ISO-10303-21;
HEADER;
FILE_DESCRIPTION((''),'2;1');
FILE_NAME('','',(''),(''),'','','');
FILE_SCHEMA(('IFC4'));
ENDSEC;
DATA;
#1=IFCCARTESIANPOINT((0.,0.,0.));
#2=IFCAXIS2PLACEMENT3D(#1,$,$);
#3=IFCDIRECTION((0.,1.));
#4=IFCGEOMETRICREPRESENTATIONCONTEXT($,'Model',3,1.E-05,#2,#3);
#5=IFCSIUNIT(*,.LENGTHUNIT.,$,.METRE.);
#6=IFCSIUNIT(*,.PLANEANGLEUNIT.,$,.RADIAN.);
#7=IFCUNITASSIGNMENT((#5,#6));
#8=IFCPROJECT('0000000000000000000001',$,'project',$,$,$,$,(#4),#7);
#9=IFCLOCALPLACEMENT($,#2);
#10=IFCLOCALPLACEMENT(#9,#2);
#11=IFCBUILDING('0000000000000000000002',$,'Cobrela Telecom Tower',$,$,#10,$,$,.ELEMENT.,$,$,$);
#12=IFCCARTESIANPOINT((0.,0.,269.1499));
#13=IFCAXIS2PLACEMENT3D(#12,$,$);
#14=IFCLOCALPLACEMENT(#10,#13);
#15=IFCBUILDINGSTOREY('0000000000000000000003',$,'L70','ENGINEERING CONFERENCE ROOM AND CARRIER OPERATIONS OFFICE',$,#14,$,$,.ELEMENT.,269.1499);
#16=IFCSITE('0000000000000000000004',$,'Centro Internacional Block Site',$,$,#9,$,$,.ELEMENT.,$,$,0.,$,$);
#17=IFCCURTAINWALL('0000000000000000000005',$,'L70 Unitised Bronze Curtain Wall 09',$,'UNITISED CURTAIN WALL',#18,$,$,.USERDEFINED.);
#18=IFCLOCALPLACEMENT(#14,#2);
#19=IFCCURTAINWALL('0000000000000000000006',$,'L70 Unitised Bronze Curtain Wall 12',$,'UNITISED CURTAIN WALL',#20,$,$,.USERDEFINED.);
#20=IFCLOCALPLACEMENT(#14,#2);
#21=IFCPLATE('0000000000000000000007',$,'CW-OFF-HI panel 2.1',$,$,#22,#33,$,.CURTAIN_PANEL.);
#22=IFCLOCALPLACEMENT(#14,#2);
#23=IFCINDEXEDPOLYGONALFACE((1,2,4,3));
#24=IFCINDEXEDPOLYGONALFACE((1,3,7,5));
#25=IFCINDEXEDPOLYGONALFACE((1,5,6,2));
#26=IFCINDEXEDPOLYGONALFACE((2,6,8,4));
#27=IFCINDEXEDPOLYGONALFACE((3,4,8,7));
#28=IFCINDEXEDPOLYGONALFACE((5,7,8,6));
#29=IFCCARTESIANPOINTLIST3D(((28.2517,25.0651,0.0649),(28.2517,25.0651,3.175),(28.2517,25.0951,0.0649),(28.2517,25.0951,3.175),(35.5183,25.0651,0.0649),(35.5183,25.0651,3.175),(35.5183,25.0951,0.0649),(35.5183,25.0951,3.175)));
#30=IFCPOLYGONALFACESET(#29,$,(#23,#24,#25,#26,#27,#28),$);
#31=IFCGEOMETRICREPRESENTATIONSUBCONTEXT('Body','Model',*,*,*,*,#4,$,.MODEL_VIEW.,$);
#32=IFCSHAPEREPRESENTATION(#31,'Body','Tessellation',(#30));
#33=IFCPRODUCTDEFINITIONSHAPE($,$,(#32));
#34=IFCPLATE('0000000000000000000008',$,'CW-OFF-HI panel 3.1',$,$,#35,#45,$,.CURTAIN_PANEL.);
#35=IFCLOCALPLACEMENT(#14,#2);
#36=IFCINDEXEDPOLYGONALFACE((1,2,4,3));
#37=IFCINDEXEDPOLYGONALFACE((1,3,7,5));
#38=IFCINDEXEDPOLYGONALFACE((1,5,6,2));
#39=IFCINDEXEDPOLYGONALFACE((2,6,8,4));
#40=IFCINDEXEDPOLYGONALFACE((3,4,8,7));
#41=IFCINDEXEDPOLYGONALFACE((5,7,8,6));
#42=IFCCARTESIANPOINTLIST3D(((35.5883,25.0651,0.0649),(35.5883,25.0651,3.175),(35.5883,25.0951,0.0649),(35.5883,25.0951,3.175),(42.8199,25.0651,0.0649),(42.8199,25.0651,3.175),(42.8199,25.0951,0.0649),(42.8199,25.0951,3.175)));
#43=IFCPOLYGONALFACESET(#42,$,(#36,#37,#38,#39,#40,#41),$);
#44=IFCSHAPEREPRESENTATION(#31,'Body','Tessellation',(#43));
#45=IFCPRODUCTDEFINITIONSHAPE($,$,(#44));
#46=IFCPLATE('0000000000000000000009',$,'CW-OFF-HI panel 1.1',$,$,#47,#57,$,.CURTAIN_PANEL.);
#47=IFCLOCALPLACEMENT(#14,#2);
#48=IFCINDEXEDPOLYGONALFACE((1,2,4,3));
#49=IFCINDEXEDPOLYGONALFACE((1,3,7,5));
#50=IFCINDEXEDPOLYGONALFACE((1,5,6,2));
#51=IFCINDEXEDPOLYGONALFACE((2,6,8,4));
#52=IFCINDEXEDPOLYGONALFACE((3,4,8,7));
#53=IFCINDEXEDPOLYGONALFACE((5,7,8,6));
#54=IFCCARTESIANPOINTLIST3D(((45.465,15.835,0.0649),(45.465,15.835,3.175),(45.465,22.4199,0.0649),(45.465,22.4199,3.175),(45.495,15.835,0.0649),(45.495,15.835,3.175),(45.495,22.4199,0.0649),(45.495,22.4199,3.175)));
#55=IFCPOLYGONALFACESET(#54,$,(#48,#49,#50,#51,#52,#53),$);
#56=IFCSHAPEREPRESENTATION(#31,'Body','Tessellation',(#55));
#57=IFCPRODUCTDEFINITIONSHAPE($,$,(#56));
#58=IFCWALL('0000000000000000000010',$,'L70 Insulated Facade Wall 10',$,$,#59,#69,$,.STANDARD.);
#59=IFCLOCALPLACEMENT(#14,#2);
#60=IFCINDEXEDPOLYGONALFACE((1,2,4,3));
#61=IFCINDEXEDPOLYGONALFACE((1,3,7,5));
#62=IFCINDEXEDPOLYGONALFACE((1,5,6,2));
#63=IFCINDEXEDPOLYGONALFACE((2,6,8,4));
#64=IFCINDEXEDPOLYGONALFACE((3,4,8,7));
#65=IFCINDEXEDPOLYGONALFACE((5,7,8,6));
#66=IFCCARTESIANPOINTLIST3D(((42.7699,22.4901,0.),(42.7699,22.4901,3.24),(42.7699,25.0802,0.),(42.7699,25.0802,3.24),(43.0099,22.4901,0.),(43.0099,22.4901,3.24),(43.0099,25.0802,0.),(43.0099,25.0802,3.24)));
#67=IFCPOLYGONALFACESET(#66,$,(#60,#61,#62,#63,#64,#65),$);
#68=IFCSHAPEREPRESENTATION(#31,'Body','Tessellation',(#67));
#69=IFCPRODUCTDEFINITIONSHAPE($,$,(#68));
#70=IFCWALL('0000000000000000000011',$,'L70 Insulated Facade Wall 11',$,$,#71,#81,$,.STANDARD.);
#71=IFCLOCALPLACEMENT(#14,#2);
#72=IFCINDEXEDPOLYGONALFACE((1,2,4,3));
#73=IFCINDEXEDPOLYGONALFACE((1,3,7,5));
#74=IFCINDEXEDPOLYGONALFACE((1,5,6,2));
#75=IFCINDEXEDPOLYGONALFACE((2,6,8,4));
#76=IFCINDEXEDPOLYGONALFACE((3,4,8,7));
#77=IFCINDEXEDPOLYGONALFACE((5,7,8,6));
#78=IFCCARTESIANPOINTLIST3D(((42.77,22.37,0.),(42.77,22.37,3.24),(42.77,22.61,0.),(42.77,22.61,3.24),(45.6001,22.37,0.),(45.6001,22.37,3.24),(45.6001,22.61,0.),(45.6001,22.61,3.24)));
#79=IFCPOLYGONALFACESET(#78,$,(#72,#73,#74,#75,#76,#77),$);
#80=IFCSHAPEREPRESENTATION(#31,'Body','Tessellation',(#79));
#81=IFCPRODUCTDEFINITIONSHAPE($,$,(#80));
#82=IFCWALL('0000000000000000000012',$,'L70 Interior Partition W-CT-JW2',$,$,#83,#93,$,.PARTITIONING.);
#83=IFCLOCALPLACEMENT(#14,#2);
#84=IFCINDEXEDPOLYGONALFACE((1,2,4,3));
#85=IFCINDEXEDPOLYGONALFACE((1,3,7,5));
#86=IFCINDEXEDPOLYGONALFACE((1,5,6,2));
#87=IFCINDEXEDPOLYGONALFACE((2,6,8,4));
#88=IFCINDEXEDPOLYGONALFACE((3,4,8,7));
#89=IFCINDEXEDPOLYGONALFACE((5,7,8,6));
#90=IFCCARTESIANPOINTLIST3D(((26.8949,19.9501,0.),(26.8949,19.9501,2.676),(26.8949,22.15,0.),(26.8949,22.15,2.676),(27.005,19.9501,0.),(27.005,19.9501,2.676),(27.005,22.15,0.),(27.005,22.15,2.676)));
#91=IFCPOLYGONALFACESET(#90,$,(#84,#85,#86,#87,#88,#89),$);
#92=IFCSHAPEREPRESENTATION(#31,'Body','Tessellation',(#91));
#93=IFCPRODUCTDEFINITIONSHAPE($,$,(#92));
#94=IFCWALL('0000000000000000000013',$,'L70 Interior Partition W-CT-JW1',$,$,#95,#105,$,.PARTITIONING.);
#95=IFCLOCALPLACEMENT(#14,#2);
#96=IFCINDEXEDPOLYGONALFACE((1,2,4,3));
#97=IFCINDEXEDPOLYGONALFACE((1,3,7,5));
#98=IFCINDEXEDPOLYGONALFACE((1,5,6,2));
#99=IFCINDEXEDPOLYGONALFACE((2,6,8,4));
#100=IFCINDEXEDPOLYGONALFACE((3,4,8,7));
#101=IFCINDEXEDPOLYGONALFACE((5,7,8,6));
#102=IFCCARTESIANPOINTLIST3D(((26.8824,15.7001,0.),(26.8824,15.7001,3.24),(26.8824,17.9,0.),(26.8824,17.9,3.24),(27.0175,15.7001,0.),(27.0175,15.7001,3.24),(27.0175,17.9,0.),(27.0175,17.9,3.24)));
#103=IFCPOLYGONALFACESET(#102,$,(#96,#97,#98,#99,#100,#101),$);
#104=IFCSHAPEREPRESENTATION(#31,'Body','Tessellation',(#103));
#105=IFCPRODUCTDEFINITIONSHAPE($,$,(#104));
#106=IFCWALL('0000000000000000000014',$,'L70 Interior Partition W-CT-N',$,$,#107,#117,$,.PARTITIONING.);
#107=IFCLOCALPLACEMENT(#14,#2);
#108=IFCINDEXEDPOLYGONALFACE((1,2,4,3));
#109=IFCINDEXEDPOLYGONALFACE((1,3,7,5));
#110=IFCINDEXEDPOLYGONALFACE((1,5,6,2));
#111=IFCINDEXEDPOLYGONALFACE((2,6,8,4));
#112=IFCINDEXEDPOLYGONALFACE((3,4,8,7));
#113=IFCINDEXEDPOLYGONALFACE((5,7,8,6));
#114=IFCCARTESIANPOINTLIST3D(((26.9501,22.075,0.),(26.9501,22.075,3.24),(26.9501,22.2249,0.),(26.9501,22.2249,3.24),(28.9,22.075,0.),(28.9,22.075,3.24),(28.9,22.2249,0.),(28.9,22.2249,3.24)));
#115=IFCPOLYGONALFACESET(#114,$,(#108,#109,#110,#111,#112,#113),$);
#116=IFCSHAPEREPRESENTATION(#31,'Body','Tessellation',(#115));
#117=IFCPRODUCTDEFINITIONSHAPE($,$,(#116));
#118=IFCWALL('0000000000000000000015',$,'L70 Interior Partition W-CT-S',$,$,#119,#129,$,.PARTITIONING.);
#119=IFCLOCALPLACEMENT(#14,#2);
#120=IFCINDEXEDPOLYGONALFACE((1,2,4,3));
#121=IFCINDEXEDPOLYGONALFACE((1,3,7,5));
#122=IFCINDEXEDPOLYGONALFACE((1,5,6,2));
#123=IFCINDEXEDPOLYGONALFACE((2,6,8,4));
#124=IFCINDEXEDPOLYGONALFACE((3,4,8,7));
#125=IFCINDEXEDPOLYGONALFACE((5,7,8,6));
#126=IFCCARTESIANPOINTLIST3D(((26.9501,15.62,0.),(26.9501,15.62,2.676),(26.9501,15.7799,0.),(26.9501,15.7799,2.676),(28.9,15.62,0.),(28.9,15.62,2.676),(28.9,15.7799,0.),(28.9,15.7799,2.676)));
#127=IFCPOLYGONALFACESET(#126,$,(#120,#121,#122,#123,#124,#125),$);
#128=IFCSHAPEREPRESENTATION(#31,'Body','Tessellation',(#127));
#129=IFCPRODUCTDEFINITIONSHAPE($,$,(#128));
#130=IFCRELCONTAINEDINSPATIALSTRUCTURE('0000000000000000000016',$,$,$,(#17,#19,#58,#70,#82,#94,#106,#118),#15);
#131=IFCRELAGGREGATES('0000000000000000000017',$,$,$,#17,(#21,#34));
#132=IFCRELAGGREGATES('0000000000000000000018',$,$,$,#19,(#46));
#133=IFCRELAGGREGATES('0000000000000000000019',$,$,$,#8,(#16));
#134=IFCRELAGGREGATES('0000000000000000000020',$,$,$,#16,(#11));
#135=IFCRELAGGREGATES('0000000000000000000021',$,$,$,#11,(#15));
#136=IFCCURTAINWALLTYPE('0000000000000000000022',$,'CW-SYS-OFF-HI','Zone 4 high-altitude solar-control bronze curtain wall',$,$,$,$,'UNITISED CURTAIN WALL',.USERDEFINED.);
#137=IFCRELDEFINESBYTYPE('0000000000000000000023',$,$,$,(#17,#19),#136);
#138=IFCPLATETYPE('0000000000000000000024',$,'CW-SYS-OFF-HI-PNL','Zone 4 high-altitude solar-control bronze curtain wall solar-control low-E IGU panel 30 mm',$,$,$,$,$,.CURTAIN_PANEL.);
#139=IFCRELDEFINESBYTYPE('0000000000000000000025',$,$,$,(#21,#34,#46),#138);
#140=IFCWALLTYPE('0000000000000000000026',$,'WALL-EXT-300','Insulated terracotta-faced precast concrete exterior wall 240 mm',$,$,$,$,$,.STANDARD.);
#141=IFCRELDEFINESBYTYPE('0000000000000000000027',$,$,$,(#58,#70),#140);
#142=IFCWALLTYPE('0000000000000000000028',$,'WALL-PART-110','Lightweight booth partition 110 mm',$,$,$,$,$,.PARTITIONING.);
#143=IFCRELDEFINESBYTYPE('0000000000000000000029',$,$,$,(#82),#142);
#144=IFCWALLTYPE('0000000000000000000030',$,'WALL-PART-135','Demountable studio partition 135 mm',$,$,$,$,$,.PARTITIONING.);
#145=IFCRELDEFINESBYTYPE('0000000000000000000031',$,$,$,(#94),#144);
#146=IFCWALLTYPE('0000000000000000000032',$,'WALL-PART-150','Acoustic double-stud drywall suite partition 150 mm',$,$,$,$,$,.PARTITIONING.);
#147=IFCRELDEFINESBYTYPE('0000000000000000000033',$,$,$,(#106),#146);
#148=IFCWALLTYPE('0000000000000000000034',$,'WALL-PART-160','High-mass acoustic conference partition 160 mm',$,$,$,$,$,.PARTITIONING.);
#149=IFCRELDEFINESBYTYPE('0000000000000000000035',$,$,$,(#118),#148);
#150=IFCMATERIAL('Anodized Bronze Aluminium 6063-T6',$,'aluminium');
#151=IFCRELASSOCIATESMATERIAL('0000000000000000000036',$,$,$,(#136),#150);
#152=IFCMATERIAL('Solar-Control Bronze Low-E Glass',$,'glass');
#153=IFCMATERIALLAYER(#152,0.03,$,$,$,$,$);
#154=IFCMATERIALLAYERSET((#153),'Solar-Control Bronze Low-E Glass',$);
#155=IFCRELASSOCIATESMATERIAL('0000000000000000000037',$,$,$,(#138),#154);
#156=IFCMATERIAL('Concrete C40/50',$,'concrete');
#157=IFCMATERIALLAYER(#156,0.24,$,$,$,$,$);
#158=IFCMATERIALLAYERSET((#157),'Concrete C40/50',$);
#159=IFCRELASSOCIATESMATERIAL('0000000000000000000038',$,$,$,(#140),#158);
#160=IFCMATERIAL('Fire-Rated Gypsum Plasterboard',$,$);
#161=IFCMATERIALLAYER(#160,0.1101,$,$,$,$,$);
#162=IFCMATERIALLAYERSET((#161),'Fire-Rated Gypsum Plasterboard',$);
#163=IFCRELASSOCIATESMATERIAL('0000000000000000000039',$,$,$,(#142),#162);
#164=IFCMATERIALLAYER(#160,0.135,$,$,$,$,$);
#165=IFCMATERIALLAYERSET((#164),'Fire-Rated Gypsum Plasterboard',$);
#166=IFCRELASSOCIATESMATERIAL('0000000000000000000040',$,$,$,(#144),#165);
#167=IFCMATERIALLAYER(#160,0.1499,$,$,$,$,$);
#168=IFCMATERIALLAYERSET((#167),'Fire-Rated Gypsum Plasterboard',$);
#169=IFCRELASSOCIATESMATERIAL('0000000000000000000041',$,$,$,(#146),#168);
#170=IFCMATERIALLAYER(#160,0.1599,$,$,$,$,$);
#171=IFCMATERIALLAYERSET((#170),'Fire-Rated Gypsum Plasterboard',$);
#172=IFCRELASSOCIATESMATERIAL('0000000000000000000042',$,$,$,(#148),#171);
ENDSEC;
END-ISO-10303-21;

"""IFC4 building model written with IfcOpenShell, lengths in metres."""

from ifc_helpers import new_model, si_unit, direction, frame, frame_2d, origin, origin_2d, place, context, subcontext, project, spatial, rectangle, extrude, material, layer, layer_set, type_object, element, aggregate, save


model = new_model("IFC4")

# Units and contexts
model_context = context("Model", 3, precision=1e-05, world=origin(), true_north=direction((0.0, 1.0)))
body_context = subcontext(model_context, "Body", "Model", "MODEL_VIEW")
ifc_project = project(units=[si_unit("LENGTHUNIT", "METRE"), si_unit("PLANEANGLEUNIT", "RADIAN")], contexts=[model_context])

# Site, building, storey
site_placement = place(None, origin())
site = spatial("IfcSite", under=ifc_project, at=site_placement, Name="Centro Internacional Block Site", CompositionType="ELEMENT", RefElevation=0.0)
building_placement = place(site_placement, origin())
building = spatial("IfcBuilding", under=site, at=building_placement, Name="Cobrela Telecom Tower", CompositionType="ELEMENT")
storey_placement = place(building_placement, frame((0.0, 0.0, 269.1499)))
storey = spatial("IfcBuildingStorey", under=building, at=storey_placement, Name="L70", Description="ENGINEERING CONFERENCE ROOM AND CARRIER OPERATIONS OFFICE", CompositionType="ELEMENT", Elevation=269.1499)

# Curtain walls
ifc_material_1 = material(Name="Anodized Bronze Aluminium 6063-T6", Category="aluminium")
curtain_wall_type = type_object("IfcCurtainWallType", Name="CW-SYS-OFF-HI", Description="Zone 4 high-altitude solar-control bronze curtain wall", ElementType="UNITISED CURTAIN WALL", PredefinedType="USERDEFINED", material=ifc_material_1)
curtain_wall_1_placement = place(storey_placement, origin())
curtain_wall_1 = element("IfcCurtainWall", 1, at=curtain_wall_1_placement, inside=storey, type_object=curtain_wall_type, Name="L70 Unitised Bronze Curtain Wall 09", ObjectType="UNITISED CURTAIN WALL", PredefinedType="USERDEFINED")
curtain_wall_2_placement = place(storey_placement, origin())
curtain_wall_2 = element("IfcCurtainWall", 2, at=curtain_wall_2_placement, inside=storey, type_object=curtain_wall_type, Name="L70 Unitised Bronze Curtain Wall 12", ObjectType="UNITISED CURTAIN WALL", PredefinedType="USERDEFINED")

# Plates
ifc_material_2 = material(Name="Solar-Control Bronze Low-E Glass", Category="glass")
ifc_layer_1 = layer(ifc_material_2, 0.03)
ifc_layer_set_1 = layer_set([ifc_layer_1], Name="Solar-Control Bronze Low-E Glass")
plate_type = type_object("IfcPlateType", Name="CW-SYS-OFF-HI-PNL", Description="Zone 4 high-altitude solar-control bronze curtain wall solar-control low-E IGU panel 30 mm", PredefinedType="CURTAIN_PANEL", material=ifc_layer_set_1)
plate_1_placement = place(storey_placement, frame((31.885, 25.0801, 0.0649), z_axis=(0.0, 0.0, 1.0), x_axis=(1.0, 0.0, 0.0)))
plate_1 = element("IfcPlate", 3, at=plate_1_placement, type_object=plate_type, Name="CW-OFF-HI panel 2.1", PredefinedType="CURTAIN_PANEL", context=body_context, shape_type="SweptSolid", body=[
    extrude(rectangle(XDim=7.2666, YDim=0.03, at=origin_2d()), origin(), (0.0, 0.0, 1.0), 3.1101),
])
plate_2_placement = place(storey_placement, frame((39.2041, 25.0801, 0.0649), z_axis=(0.0, 0.0, 1.0), x_axis=(1.0, 0.0, 0.0)))
plate_2 = element("IfcPlate", 4, at=plate_2_placement, type_object=plate_type, Name="CW-OFF-HI panel 3.1", PredefinedType="CURTAIN_PANEL", context=body_context, shape_type="SweptSolid", body=[
    extrude(rectangle(XDim=7.2317, YDim=0.03, at=origin_2d()), origin(), (0.0, 0.0, 1.0), 3.1101),
])
aggregate(curtain_wall_1, [plate_1, plate_2])
plate_3_placement = place(storey_placement, frame((45.48, 19.1274, 0.0649), z_axis=(0.0, 0.0, 1.0), x_axis=(0.0, -1.0, 0.0)))
plate_3 = element("IfcPlate", 5, at=plate_3_placement, type_object=plate_type, Name="CW-OFF-HI panel 1.1", PredefinedType="CURTAIN_PANEL", context=body_context, shape_type="SweptSolid", body=[
    extrude(rectangle(XDim=6.585, YDim=0.03, at=origin_2d()), origin(), (0.0, 0.0, 1.0), 3.1101),
])
aggregate(curtain_wall_2, [plate_3])

# Walls
ifc_material_3 = material(Name="Concrete C40/50", Category="concrete")
ifc_layer_2 = layer(ifc_material_3, 0.24)
ifc_layer_set_2 = layer_set([ifc_layer_2], Name="Concrete C40/50")
wall_type_1 = type_object("IfcWallType", Name="WALL-EXT-300", Description="Insulated terracotta-faced precast concrete exterior wall 240 mm", PredefinedType="STANDARD", material=ifc_layer_set_2)
wall_1_placement = place(storey_placement, frame((42.8899, 25.0801, 0.0), z_axis=(0.0, 0.0, 1.0), x_axis=(0.0, -1.0, 0.0)))
element("IfcWall", 6, at=wall_1_placement, inside=storey, type_object=wall_type_1, Name="L70 Insulated Facade Wall 10", PredefinedType="STANDARD", context=body_context, shape_type="SweptSolid", body=[
    extrude(rectangle(XDim=2.5901, YDim=0.24, at=frame_2d((1.2949, 0.0))), origin(), (0.0, 0.0, 1.0), 3.24),
])
wall_2_placement = place(storey_placement, frame((42.77, 22.49, 0.0), z_axis=(0.0, 0.0, 1.0), x_axis=(1.0, 0.0, 0.0)))
element("IfcWall", 7, at=wall_2_placement, inside=storey, type_object=wall_type_1, Name="L70 Insulated Facade Wall 11", PredefinedType="STANDARD", context=body_context, shape_type="SweptSolid", body=[
    extrude(rectangle(XDim=2.8301, YDim=0.24, at=frame_2d((1.415, 0.0))), origin(), (0.0, 0.0, 1.0), 3.24),
])
ifc_material_4 = material(Name="Fire-Rated Gypsum Plasterboard")
ifc_layer_3 = layer(ifc_material_4, 0.1101)
ifc_layer_set_3 = layer_set([ifc_layer_3], Name="Fire-Rated Gypsum Plasterboard")
wall_type_2 = type_object("IfcWallType", Name="WALL-PART-110", Description="Lightweight booth partition 110 mm", PredefinedType="PARTITIONING", material=ifc_layer_set_3)
wall_3_placement = place(storey_placement, frame((26.95, 19.95, 0.0), z_axis=(0.0, 0.0, 1.0), x_axis=(0.0, 1.0, 0.0)))
element("IfcWall", 8, at=wall_3_placement, inside=storey, type_object=wall_type_2, Name="L70 Interior Partition W-CT-JW2", PredefinedType="PARTITIONING", context=body_context, shape_type="SweptSolid", body=[
    extrude(rectangle(XDim=2.2, YDim=0.1101, at=frame_2d((1.1001, 0.0))), origin(), (0.0, 0.0, 1.0), 2.676),
])
ifc_layer_4 = layer(ifc_material_4, 0.135)
ifc_layer_set_4 = layer_set([ifc_layer_4], Name="Fire-Rated Gypsum Plasterboard")
wall_type_3 = type_object("IfcWallType", Name="WALL-PART-135", Description="Demountable studio partition 135 mm", PredefinedType="PARTITIONING", material=ifc_layer_set_4)
wall_4_placement = place(storey_placement, frame((26.95, 15.7, 0.0), z_axis=(0.0, 0.0, 1.0), x_axis=(0.0, 1.0, 0.0)))
element("IfcWall", 9, at=wall_4_placement, inside=storey, type_object=wall_type_3, Name="L70 Interior Partition W-CT-JW1", PredefinedType="PARTITIONING", context=body_context, shape_type="SweptSolid", body=[
    extrude(rectangle(XDim=2.2, YDim=0.135, at=frame_2d((1.1001, 0.0))), origin(), (0.0, 0.0, 1.0), 3.24),
])
ifc_layer_5 = layer(ifc_material_4, 0.1499)
ifc_layer_set_5 = layer_set([ifc_layer_5], Name="Fire-Rated Gypsum Plasterboard")
wall_type_4 = type_object("IfcWallType", Name="WALL-PART-150", Description="Acoustic double-stud drywall suite partition 150 mm", PredefinedType="PARTITIONING", material=ifc_layer_set_5)
wall_5_placement = place(storey_placement, frame((26.95, 22.1499, 0.0), z_axis=(0.0, 0.0, 1.0), x_axis=(1.0, 0.0, 0.0)))
element("IfcWall", 10, at=wall_5_placement, inside=storey, type_object=wall_type_4, Name="L70 Interior Partition W-CT-N", PredefinedType="PARTITIONING", context=body_context, shape_type="SweptSolid", body=[
    extrude(rectangle(XDim=1.95, YDim=0.1499, at=frame_2d((0.9751, 0.0))), origin(), (0.0, 0.0, 1.0), 3.24),
])
ifc_layer_6 = layer(ifc_material_4, 0.1599)
ifc_layer_set_6 = layer_set([ifc_layer_6], Name="Fire-Rated Gypsum Plasterboard")
wall_type_5 = type_object("IfcWallType", Name="WALL-PART-160", Description="High-mass acoustic conference partition 160 mm", PredefinedType="PARTITIONING", material=ifc_layer_set_6)
wall_6_placement = place(storey_placement, frame((26.95, 15.7, 0.0), z_axis=(0.0, 0.0, 1.0), x_axis=(1.0, 0.0, 0.0)))
element("IfcWall", 11, at=wall_6_placement, inside=storey, type_object=wall_type_5, Name="L70 Interior Partition W-CT-S", PredefinedType="PARTITIONING", context=body_context, shape_type="SweptSolid", body=[
    extrude(rectangle(XDim=1.95, YDim=0.1599, at=frame_2d((0.9751, 0.0))), origin(), (0.0, 0.0, 1.0), 2.676),
])

save(model, "model.ifc")
